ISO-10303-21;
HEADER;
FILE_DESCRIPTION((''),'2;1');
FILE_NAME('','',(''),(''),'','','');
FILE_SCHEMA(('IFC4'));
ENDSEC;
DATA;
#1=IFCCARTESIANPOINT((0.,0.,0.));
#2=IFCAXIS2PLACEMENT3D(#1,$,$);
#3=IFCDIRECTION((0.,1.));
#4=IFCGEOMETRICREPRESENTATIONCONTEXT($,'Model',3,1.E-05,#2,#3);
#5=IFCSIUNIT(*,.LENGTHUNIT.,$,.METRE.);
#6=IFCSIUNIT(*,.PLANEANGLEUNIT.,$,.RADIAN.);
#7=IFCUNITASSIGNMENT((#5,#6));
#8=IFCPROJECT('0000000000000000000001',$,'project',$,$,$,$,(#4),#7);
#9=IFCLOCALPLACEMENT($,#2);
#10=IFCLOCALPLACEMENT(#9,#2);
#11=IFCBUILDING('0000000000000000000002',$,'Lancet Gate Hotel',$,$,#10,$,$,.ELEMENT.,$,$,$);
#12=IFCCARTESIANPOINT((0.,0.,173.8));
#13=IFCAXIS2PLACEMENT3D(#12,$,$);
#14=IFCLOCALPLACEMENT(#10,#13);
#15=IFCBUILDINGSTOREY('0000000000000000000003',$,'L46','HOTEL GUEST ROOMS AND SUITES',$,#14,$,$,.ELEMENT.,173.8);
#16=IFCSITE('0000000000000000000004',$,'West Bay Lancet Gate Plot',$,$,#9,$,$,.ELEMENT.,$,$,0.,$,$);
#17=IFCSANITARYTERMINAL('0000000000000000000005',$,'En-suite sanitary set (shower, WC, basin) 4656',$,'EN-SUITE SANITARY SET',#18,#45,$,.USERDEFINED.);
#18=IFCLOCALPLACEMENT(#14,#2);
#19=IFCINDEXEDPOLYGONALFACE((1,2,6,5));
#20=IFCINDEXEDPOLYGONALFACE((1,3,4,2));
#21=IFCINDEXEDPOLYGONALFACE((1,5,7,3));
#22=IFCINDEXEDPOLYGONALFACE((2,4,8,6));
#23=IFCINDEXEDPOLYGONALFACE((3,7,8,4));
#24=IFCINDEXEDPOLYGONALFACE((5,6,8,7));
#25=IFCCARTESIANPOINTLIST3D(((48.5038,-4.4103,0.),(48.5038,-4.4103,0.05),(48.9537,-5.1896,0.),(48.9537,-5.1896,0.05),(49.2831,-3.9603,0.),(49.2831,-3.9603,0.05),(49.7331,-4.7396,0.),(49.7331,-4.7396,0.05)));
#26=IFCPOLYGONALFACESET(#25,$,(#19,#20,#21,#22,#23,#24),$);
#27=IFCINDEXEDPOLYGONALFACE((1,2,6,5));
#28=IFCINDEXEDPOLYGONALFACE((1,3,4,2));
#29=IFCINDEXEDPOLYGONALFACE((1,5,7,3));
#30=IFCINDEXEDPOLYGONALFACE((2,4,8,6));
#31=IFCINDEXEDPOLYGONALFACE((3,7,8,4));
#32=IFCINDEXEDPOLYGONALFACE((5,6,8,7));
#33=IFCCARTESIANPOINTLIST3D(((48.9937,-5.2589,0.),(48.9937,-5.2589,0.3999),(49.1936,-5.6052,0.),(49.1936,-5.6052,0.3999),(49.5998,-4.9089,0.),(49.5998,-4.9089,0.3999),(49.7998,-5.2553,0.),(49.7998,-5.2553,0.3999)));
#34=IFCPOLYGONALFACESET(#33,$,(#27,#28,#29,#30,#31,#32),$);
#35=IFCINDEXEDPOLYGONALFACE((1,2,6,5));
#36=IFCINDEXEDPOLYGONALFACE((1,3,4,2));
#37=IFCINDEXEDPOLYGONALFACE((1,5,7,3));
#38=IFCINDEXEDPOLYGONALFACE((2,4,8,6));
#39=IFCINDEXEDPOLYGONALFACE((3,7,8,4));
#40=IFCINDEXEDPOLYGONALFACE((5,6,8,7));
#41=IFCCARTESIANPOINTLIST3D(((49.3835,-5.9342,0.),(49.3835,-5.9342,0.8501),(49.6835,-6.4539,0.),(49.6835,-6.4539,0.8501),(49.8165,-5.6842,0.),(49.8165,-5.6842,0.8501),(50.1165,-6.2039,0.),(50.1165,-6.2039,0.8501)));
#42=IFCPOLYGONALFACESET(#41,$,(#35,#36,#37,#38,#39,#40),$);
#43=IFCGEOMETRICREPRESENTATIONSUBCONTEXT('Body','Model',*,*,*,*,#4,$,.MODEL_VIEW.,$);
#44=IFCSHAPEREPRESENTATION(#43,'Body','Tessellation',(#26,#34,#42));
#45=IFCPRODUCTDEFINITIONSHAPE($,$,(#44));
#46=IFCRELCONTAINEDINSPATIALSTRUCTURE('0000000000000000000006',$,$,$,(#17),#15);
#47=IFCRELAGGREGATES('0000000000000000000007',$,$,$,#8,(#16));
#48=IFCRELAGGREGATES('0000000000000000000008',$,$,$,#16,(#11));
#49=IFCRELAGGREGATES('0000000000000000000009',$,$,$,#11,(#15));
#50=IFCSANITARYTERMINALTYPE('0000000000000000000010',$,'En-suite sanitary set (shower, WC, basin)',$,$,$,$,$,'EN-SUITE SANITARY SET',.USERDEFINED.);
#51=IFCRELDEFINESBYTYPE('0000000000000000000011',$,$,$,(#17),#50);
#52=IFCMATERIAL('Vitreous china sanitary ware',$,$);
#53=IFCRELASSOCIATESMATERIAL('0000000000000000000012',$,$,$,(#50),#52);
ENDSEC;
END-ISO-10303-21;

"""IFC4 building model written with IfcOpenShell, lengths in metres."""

from ifc_helpers import new_model, si_unit, direction, frame, origin, origin_2d, place, context, subcontext, project, spatial, rectangle, extrude, material, type_object, element, save


model = new_model("IFC4")

# Units and contexts
model_context = context("Model", 3, precision=1e-05, world=origin(), true_north=direction((0.0, 1.0)))
body_context = subcontext(model_context, "Body", "Model", "MODEL_VIEW")
ifc_project = project(units=[si_unit("LENGTHUNIT", "METRE"), si_unit("PLANEANGLEUNIT", "RADIAN")], contexts=[model_context])

# Site, building, storey
site_placement = place(None, origin())
site = spatial("IfcSite", under=ifc_project, at=site_placement, Name="West Bay Lancet Gate Plot", CompositionType="ELEMENT", RefElevation=0.0)
building_placement = place(site_placement, origin())
building = spatial("IfcBuilding", under=site, at=building_placement, Name="Lancet Gate Hotel", CompositionType="ELEMENT")
storey_placement = place(building_placement, frame((0.0, 0.0, 173.8)))
storey = spatial("IfcBuildingStorey", under=building, at=storey_placement, Name="L46", Description="HOTEL GUEST ROOMS AND SUITES", CompositionType="ELEMENT", Elevation=173.8)

# Sanitary terminal
ifc_material_1 = material(Name="Vitreous china sanitary ware")
sanitary_terminal_type = type_object("IfcSanitaryTerminalType", Name="En-suite sanitary set (shower, WC, basin)", ElementType="EN-SUITE SANITARY SET", PredefinedType="USERDEFINED", material=ifc_material_1)
sanitary_terminal_1_placement = place(storey_placement, frame((49.1184, -4.575, 0.0), z_axis=(0.0, 0.0, 1.0), x_axis=(1.0, 0.0, 0.0)))
element("IfcSanitaryTerminal", 1, at=sanitary_terminal_1_placement, inside=storey, type_object=sanitary_terminal_type, Name="En-suite sanitary set (shower, WC, basin) 4656", ObjectType="EN-SUITE SANITARY SET", PredefinedType="USERDEFINED", context=body_context, shape_type="SweptSolid", body=[
    extrude(rectangle(XDim=0.8999, YDim=0.8999, at=origin_2d()), frame((0.0, 0.0, 0.0), z_axis=(0.0, 0.0, 1.0), x_axis=(-0.5, 0.866025, 0.0)), (0.0, 0.0, 1.0), 0.05),
    extrude(rectangle(XDim=0.3999, YDim=0.7, at=origin_2d()), frame((0.2783, -0.6821, 0.0), z_axis=(0.0, 0.0, 1.0), x_axis=(-0.5, 0.866025, 0.0)), (0.0, 0.0, 1.0), 0.3999),
    extrude(rectangle(XDim=0.6001, YDim=0.5, at=origin_2d()), frame((0.6316, -1.4941, 0.0), z_axis=(0.0, 0.0, 1.0), x_axis=(-0.5, 0.866025, 0.0)), (0.0, 0.0, 1.0), 0.8501),
])

save(model, "model.ifc")
